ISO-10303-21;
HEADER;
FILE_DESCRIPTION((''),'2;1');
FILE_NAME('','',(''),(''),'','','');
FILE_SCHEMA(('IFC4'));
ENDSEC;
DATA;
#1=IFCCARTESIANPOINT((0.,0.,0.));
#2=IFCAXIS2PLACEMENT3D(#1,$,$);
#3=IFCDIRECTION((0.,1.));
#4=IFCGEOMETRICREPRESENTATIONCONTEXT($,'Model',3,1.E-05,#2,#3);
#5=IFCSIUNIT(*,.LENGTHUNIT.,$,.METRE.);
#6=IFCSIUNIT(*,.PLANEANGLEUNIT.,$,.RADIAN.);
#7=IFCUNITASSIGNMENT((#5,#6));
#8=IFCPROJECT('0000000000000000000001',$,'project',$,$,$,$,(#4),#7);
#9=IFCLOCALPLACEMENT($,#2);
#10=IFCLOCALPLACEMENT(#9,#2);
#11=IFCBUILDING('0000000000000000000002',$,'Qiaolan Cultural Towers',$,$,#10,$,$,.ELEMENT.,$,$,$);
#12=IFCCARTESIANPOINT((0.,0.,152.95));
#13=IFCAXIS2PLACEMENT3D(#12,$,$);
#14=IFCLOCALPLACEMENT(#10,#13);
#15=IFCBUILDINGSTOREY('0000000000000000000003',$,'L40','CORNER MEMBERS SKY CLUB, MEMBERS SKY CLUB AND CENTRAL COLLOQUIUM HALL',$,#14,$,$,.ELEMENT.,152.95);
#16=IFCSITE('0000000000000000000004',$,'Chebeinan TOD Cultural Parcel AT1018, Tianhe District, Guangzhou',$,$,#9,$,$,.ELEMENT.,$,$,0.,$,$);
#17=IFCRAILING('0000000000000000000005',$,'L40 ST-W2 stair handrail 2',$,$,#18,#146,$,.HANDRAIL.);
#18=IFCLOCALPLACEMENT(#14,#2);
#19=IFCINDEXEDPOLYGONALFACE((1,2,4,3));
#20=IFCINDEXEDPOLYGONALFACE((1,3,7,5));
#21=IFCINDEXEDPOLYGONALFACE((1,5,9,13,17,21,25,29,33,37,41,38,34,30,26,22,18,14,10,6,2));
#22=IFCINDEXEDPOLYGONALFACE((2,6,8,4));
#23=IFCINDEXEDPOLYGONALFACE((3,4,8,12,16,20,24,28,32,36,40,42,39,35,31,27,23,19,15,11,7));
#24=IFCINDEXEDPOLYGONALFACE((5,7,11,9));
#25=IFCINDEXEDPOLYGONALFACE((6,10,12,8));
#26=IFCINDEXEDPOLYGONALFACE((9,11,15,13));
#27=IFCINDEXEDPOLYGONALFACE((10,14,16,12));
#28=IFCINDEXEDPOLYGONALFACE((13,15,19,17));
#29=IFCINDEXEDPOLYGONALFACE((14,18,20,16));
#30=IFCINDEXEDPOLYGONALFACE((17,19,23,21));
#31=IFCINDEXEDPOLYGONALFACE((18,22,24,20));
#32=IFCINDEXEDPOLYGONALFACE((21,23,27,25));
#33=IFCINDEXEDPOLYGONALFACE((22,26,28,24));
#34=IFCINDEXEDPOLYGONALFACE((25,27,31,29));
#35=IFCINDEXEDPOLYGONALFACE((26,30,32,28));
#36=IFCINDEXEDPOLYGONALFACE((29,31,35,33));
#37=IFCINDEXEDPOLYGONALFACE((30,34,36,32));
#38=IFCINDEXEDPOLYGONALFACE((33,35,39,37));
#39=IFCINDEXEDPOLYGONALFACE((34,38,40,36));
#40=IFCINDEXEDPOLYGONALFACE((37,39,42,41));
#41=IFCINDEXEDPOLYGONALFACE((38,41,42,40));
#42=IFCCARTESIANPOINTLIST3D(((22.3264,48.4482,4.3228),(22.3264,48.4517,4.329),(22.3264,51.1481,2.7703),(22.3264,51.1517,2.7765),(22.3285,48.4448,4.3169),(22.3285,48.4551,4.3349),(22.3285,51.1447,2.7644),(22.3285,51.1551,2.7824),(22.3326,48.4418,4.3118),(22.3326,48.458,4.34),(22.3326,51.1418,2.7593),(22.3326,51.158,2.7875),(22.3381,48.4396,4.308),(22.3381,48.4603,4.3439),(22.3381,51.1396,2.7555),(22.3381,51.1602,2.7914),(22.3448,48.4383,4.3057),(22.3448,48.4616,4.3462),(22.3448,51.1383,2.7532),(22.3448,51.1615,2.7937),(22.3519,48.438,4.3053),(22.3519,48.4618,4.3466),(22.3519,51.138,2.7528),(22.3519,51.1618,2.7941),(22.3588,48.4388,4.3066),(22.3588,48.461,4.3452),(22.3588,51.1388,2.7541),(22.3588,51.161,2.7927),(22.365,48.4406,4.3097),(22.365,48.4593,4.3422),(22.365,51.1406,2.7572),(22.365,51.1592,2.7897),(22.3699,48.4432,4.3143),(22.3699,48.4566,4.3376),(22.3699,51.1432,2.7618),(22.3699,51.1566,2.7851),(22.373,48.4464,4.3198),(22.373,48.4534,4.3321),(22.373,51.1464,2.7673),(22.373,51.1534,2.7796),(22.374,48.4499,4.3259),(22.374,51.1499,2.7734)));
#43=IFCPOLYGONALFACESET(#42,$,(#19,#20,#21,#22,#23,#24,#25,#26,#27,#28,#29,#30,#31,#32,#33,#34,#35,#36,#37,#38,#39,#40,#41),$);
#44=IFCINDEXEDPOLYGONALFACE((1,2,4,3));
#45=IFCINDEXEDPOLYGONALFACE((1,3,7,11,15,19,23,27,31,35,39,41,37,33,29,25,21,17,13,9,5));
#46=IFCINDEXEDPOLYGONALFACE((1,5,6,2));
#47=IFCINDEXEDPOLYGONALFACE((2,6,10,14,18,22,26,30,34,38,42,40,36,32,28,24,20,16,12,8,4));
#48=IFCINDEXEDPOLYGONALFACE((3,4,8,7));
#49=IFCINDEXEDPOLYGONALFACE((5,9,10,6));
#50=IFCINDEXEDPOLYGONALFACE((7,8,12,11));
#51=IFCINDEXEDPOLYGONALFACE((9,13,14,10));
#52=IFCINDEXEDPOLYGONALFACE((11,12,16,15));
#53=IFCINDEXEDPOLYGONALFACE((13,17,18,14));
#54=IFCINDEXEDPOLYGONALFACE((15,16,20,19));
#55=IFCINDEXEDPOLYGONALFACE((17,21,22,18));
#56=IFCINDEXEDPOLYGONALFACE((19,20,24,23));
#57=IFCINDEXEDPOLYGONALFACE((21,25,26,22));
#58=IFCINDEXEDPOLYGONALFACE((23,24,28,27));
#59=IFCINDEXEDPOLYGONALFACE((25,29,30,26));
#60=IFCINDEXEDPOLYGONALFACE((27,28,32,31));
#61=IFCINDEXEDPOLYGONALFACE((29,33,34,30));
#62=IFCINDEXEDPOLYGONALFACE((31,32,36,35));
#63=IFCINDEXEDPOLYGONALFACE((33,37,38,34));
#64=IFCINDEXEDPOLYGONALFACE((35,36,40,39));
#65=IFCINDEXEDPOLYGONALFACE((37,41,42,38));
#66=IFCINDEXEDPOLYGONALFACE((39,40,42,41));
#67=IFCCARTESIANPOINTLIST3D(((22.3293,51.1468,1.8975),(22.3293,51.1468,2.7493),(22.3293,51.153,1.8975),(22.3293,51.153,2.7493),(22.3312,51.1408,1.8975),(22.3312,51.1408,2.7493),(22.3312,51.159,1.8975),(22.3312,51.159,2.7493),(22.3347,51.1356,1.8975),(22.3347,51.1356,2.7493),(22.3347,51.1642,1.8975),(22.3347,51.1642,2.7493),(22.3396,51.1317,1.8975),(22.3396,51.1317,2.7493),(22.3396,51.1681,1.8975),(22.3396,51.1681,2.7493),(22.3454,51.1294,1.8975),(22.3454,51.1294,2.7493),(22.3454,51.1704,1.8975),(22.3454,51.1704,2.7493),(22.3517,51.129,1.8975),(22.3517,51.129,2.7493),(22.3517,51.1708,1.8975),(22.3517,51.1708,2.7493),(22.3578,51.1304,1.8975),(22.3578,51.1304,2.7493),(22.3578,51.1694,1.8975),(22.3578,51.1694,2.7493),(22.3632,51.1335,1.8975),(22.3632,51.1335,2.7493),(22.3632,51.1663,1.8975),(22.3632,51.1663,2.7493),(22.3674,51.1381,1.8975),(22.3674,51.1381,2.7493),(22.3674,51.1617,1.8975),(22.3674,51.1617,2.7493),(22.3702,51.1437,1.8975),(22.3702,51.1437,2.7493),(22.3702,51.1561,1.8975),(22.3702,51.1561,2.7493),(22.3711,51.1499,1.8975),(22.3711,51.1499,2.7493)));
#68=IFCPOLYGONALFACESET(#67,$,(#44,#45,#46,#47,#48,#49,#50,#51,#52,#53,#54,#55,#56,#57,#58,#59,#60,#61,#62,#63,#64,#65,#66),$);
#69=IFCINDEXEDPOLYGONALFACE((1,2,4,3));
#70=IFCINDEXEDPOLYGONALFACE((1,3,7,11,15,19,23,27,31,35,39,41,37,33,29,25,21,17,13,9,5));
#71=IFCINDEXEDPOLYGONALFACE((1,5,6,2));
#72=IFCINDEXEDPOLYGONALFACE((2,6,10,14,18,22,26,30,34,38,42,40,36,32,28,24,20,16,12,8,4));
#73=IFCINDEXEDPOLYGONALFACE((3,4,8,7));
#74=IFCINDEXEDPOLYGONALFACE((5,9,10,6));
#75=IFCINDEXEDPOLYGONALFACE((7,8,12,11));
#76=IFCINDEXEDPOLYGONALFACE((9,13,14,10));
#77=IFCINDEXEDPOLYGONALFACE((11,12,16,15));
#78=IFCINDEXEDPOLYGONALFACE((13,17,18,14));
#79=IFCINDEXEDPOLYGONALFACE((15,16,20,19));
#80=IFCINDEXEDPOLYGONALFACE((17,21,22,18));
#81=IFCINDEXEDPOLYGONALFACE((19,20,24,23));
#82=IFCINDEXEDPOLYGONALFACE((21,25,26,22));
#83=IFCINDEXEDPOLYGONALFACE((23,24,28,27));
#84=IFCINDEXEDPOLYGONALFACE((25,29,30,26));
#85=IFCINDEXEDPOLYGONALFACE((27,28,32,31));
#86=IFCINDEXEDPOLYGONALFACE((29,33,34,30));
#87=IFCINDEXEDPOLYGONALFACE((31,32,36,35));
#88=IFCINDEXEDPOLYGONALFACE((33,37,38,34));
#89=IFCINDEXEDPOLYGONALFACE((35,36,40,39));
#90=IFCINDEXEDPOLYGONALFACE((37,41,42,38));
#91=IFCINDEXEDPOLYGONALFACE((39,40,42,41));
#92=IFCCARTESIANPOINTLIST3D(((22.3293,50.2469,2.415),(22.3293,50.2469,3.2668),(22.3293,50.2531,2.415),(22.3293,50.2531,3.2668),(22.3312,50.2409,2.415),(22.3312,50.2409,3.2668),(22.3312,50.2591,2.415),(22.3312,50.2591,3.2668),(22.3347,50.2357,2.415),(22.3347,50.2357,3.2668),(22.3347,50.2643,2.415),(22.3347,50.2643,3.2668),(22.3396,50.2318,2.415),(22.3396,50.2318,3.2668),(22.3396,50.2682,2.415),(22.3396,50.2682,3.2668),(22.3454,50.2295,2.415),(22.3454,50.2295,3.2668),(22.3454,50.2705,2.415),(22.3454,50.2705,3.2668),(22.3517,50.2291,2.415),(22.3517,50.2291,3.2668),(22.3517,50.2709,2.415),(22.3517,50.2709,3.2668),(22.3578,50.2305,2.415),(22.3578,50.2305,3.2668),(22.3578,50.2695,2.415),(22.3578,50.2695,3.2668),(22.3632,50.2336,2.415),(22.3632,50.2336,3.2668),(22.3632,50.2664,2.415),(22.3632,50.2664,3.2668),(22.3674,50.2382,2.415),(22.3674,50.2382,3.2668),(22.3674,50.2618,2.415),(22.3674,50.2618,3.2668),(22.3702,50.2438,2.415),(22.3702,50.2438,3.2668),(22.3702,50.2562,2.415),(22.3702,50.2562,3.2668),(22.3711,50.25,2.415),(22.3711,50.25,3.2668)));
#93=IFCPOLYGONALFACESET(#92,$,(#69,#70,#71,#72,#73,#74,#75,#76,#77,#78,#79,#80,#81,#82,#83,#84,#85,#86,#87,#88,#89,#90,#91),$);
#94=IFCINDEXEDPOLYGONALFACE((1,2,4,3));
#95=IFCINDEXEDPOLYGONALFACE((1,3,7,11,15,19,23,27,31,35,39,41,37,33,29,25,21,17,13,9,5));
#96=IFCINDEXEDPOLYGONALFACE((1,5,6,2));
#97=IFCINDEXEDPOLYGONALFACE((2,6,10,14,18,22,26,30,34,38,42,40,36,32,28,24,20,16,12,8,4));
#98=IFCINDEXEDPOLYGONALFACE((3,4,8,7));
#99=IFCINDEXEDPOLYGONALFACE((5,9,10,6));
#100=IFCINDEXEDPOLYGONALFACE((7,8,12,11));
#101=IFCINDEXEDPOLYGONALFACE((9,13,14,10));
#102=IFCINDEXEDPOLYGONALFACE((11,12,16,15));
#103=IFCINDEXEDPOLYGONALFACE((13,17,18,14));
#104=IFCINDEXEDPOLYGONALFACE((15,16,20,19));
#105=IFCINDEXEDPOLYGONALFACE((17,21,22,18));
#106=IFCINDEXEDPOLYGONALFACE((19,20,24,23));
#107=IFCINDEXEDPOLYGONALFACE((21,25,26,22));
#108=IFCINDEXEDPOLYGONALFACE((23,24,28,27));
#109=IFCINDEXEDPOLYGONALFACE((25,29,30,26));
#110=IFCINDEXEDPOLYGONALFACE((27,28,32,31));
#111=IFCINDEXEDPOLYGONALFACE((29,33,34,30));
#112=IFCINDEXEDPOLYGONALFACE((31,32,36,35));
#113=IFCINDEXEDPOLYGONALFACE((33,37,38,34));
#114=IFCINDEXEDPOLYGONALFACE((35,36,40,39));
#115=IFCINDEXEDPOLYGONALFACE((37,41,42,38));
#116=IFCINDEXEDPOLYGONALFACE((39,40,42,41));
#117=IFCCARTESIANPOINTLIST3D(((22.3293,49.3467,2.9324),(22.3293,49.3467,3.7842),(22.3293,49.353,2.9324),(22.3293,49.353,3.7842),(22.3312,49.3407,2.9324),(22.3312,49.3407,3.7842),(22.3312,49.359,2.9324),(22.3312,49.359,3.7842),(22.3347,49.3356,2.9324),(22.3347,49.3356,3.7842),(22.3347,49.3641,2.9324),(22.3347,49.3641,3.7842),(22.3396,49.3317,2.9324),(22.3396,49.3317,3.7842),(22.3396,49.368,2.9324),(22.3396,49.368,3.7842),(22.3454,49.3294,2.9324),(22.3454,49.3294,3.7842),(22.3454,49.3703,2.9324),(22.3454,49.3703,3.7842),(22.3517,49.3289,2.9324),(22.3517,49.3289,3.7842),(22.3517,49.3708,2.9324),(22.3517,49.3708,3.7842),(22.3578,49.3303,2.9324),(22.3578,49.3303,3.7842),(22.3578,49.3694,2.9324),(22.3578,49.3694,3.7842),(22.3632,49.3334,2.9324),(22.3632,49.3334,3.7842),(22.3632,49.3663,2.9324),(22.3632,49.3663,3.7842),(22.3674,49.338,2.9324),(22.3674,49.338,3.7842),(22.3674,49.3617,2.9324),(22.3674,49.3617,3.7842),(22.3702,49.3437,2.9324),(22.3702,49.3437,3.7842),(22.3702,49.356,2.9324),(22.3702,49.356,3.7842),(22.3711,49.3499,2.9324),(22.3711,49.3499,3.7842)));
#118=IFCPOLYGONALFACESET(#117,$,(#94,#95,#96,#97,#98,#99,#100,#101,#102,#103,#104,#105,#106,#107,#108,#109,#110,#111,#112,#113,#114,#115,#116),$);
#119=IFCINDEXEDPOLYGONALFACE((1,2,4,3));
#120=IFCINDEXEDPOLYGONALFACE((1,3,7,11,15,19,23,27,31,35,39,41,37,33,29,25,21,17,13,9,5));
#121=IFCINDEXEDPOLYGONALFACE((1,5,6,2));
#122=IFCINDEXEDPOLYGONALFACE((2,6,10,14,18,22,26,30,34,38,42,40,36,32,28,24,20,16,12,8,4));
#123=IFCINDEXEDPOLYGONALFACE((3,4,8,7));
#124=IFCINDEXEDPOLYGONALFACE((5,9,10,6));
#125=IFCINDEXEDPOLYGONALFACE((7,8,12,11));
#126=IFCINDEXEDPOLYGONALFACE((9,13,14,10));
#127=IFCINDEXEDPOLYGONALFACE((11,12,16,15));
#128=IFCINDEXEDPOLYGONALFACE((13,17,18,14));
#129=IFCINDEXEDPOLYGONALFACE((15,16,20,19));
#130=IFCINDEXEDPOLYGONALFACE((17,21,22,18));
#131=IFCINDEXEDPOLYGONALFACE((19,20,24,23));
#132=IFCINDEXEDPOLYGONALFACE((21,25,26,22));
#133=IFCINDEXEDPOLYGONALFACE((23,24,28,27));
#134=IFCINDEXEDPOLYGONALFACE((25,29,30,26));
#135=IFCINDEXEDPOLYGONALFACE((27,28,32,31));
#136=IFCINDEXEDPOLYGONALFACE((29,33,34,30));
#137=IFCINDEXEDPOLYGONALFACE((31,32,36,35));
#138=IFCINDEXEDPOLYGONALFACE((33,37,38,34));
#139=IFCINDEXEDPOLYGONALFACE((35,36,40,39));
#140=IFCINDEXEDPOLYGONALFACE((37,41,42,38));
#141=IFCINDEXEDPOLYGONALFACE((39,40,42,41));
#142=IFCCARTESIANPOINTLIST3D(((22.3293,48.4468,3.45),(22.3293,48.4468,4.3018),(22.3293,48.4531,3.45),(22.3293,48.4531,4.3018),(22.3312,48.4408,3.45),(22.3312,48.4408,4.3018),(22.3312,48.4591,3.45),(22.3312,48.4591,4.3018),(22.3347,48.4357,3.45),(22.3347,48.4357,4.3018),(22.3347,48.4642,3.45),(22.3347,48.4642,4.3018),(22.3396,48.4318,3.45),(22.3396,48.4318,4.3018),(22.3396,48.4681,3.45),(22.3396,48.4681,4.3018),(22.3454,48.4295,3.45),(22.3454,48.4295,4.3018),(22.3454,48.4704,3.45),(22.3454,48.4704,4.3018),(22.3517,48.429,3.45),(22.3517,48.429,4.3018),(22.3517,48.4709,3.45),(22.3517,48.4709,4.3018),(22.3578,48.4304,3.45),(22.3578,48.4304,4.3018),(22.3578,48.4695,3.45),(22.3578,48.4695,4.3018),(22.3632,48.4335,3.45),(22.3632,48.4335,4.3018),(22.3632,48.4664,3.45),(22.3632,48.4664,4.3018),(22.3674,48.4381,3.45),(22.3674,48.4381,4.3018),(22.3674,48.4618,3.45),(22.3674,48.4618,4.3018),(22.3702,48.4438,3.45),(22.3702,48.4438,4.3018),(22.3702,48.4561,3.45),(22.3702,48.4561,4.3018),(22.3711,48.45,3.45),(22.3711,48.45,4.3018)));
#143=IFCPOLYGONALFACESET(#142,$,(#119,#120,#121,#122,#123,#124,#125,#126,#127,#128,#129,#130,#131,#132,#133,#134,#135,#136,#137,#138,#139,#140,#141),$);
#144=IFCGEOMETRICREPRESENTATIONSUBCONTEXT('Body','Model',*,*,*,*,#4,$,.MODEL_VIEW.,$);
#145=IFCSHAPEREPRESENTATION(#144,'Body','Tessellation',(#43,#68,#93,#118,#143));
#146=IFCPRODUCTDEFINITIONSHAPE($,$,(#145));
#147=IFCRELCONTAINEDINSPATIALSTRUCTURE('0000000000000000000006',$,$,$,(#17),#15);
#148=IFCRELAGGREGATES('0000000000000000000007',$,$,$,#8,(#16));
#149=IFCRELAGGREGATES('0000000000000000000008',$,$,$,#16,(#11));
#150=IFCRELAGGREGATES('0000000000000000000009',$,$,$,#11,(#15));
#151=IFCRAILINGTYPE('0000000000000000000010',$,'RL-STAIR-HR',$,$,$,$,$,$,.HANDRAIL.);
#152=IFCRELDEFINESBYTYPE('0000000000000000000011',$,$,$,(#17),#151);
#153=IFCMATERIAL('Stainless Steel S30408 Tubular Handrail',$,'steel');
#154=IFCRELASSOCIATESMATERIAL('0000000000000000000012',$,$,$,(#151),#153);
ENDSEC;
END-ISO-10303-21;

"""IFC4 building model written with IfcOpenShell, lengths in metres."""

from ifc_helpers import new_model, si_unit, direction, frame, origin, origin_2d, place, context, subcontext, project, spatial, circle, extrude, material, type_object, element, save


model = new_model("IFC4")

# Units and contexts
model_context = context("Model", 3, precision=1e-05, world=origin(), true_north=direction((0.0, 1.0)))
body_context = subcontext(model_context, "Body", "Model", "MODEL_VIEW")
ifc_project = project(units=[si_unit("LENGTHUNIT", "METRE"), si_unit("PLANEANGLEUNIT", "RADIAN")], contexts=[model_context])

# Site, building, storey
site_placement = place(None, origin())
site = spatial("IfcSite", under=ifc_project, at=site_placement, Name="Chebeinan TOD Cultural Parcel AT1018, Tianhe District, Guangzhou", CompositionType="ELEMENT", RefElevation=0.0)
building_placement = place(site_placement, origin())
building = spatial("IfcBuilding", under=site, at=building_placement, Name="Qiaolan Cultural Towers", CompositionType="ELEMENT")
storey_placement = place(building_placement, frame((0.0, 0.0, 152.95)))
storey = spatial("IfcBuildingStorey", under=building, at=storey_placement, Name="L40", Description="CORNER MEMBERS SKY CLUB, MEMBERS SKY CLUB AND CENTRAL COLLOQUIUM HALL", CompositionType="ELEMENT", Elevation=152.95)

# Railing
ifc_material_1 = material(Name="Stainless Steel S30408 Tubular Handrail", Category="steel")
railing_type_1 = type_object("IfcRailingType", Name="RL-STAIR-HR", PredefinedType="HANDRAIL", material=ifc_material_1)
railing_1_placement = place(storey_placement, frame((22.3501, 51.1499, 1.8975)))
element("IfcRailing", 1, at=railing_1_placement, inside=storey, type_object=railing_type_1, Name="L40 ST-W2 stair handrail 2", PredefinedType="HANDRAIL", context=body_context, shape_type="SweptSolid", body=[
    extrude(circle(Radius=0.0239, at=origin_2d()), frame((0.0, 0.0, 0.876), z_axis=(0.0, -0.866904, 0.498476), x_axis=(1.0, 0.0, 0.0)), (0.0, 0.0, 1.0), 3.1145),
    extrude(circle(Radius=0.021, at=origin_2d()), origin(), (0.0, 0.0, 1.0), 0.8518),
    extrude(circle(Radius=0.021, at=origin_2d()), frame((0.0, -0.8999, 0.5176)), (0.0, 0.0, 1.0), 0.8518),
    extrude(circle(Radius=0.021, at=origin_2d()), frame((0.0, -1.8, 1.0349)), (0.0, 0.0, 1.0), 0.8518),
    extrude(circle(Radius=0.021, at=origin_2d()), frame((0.0, -2.7, 1.5525)), (0.0, 0.0, 1.0), 0.8518),
])

save(model, "model.ifc")
